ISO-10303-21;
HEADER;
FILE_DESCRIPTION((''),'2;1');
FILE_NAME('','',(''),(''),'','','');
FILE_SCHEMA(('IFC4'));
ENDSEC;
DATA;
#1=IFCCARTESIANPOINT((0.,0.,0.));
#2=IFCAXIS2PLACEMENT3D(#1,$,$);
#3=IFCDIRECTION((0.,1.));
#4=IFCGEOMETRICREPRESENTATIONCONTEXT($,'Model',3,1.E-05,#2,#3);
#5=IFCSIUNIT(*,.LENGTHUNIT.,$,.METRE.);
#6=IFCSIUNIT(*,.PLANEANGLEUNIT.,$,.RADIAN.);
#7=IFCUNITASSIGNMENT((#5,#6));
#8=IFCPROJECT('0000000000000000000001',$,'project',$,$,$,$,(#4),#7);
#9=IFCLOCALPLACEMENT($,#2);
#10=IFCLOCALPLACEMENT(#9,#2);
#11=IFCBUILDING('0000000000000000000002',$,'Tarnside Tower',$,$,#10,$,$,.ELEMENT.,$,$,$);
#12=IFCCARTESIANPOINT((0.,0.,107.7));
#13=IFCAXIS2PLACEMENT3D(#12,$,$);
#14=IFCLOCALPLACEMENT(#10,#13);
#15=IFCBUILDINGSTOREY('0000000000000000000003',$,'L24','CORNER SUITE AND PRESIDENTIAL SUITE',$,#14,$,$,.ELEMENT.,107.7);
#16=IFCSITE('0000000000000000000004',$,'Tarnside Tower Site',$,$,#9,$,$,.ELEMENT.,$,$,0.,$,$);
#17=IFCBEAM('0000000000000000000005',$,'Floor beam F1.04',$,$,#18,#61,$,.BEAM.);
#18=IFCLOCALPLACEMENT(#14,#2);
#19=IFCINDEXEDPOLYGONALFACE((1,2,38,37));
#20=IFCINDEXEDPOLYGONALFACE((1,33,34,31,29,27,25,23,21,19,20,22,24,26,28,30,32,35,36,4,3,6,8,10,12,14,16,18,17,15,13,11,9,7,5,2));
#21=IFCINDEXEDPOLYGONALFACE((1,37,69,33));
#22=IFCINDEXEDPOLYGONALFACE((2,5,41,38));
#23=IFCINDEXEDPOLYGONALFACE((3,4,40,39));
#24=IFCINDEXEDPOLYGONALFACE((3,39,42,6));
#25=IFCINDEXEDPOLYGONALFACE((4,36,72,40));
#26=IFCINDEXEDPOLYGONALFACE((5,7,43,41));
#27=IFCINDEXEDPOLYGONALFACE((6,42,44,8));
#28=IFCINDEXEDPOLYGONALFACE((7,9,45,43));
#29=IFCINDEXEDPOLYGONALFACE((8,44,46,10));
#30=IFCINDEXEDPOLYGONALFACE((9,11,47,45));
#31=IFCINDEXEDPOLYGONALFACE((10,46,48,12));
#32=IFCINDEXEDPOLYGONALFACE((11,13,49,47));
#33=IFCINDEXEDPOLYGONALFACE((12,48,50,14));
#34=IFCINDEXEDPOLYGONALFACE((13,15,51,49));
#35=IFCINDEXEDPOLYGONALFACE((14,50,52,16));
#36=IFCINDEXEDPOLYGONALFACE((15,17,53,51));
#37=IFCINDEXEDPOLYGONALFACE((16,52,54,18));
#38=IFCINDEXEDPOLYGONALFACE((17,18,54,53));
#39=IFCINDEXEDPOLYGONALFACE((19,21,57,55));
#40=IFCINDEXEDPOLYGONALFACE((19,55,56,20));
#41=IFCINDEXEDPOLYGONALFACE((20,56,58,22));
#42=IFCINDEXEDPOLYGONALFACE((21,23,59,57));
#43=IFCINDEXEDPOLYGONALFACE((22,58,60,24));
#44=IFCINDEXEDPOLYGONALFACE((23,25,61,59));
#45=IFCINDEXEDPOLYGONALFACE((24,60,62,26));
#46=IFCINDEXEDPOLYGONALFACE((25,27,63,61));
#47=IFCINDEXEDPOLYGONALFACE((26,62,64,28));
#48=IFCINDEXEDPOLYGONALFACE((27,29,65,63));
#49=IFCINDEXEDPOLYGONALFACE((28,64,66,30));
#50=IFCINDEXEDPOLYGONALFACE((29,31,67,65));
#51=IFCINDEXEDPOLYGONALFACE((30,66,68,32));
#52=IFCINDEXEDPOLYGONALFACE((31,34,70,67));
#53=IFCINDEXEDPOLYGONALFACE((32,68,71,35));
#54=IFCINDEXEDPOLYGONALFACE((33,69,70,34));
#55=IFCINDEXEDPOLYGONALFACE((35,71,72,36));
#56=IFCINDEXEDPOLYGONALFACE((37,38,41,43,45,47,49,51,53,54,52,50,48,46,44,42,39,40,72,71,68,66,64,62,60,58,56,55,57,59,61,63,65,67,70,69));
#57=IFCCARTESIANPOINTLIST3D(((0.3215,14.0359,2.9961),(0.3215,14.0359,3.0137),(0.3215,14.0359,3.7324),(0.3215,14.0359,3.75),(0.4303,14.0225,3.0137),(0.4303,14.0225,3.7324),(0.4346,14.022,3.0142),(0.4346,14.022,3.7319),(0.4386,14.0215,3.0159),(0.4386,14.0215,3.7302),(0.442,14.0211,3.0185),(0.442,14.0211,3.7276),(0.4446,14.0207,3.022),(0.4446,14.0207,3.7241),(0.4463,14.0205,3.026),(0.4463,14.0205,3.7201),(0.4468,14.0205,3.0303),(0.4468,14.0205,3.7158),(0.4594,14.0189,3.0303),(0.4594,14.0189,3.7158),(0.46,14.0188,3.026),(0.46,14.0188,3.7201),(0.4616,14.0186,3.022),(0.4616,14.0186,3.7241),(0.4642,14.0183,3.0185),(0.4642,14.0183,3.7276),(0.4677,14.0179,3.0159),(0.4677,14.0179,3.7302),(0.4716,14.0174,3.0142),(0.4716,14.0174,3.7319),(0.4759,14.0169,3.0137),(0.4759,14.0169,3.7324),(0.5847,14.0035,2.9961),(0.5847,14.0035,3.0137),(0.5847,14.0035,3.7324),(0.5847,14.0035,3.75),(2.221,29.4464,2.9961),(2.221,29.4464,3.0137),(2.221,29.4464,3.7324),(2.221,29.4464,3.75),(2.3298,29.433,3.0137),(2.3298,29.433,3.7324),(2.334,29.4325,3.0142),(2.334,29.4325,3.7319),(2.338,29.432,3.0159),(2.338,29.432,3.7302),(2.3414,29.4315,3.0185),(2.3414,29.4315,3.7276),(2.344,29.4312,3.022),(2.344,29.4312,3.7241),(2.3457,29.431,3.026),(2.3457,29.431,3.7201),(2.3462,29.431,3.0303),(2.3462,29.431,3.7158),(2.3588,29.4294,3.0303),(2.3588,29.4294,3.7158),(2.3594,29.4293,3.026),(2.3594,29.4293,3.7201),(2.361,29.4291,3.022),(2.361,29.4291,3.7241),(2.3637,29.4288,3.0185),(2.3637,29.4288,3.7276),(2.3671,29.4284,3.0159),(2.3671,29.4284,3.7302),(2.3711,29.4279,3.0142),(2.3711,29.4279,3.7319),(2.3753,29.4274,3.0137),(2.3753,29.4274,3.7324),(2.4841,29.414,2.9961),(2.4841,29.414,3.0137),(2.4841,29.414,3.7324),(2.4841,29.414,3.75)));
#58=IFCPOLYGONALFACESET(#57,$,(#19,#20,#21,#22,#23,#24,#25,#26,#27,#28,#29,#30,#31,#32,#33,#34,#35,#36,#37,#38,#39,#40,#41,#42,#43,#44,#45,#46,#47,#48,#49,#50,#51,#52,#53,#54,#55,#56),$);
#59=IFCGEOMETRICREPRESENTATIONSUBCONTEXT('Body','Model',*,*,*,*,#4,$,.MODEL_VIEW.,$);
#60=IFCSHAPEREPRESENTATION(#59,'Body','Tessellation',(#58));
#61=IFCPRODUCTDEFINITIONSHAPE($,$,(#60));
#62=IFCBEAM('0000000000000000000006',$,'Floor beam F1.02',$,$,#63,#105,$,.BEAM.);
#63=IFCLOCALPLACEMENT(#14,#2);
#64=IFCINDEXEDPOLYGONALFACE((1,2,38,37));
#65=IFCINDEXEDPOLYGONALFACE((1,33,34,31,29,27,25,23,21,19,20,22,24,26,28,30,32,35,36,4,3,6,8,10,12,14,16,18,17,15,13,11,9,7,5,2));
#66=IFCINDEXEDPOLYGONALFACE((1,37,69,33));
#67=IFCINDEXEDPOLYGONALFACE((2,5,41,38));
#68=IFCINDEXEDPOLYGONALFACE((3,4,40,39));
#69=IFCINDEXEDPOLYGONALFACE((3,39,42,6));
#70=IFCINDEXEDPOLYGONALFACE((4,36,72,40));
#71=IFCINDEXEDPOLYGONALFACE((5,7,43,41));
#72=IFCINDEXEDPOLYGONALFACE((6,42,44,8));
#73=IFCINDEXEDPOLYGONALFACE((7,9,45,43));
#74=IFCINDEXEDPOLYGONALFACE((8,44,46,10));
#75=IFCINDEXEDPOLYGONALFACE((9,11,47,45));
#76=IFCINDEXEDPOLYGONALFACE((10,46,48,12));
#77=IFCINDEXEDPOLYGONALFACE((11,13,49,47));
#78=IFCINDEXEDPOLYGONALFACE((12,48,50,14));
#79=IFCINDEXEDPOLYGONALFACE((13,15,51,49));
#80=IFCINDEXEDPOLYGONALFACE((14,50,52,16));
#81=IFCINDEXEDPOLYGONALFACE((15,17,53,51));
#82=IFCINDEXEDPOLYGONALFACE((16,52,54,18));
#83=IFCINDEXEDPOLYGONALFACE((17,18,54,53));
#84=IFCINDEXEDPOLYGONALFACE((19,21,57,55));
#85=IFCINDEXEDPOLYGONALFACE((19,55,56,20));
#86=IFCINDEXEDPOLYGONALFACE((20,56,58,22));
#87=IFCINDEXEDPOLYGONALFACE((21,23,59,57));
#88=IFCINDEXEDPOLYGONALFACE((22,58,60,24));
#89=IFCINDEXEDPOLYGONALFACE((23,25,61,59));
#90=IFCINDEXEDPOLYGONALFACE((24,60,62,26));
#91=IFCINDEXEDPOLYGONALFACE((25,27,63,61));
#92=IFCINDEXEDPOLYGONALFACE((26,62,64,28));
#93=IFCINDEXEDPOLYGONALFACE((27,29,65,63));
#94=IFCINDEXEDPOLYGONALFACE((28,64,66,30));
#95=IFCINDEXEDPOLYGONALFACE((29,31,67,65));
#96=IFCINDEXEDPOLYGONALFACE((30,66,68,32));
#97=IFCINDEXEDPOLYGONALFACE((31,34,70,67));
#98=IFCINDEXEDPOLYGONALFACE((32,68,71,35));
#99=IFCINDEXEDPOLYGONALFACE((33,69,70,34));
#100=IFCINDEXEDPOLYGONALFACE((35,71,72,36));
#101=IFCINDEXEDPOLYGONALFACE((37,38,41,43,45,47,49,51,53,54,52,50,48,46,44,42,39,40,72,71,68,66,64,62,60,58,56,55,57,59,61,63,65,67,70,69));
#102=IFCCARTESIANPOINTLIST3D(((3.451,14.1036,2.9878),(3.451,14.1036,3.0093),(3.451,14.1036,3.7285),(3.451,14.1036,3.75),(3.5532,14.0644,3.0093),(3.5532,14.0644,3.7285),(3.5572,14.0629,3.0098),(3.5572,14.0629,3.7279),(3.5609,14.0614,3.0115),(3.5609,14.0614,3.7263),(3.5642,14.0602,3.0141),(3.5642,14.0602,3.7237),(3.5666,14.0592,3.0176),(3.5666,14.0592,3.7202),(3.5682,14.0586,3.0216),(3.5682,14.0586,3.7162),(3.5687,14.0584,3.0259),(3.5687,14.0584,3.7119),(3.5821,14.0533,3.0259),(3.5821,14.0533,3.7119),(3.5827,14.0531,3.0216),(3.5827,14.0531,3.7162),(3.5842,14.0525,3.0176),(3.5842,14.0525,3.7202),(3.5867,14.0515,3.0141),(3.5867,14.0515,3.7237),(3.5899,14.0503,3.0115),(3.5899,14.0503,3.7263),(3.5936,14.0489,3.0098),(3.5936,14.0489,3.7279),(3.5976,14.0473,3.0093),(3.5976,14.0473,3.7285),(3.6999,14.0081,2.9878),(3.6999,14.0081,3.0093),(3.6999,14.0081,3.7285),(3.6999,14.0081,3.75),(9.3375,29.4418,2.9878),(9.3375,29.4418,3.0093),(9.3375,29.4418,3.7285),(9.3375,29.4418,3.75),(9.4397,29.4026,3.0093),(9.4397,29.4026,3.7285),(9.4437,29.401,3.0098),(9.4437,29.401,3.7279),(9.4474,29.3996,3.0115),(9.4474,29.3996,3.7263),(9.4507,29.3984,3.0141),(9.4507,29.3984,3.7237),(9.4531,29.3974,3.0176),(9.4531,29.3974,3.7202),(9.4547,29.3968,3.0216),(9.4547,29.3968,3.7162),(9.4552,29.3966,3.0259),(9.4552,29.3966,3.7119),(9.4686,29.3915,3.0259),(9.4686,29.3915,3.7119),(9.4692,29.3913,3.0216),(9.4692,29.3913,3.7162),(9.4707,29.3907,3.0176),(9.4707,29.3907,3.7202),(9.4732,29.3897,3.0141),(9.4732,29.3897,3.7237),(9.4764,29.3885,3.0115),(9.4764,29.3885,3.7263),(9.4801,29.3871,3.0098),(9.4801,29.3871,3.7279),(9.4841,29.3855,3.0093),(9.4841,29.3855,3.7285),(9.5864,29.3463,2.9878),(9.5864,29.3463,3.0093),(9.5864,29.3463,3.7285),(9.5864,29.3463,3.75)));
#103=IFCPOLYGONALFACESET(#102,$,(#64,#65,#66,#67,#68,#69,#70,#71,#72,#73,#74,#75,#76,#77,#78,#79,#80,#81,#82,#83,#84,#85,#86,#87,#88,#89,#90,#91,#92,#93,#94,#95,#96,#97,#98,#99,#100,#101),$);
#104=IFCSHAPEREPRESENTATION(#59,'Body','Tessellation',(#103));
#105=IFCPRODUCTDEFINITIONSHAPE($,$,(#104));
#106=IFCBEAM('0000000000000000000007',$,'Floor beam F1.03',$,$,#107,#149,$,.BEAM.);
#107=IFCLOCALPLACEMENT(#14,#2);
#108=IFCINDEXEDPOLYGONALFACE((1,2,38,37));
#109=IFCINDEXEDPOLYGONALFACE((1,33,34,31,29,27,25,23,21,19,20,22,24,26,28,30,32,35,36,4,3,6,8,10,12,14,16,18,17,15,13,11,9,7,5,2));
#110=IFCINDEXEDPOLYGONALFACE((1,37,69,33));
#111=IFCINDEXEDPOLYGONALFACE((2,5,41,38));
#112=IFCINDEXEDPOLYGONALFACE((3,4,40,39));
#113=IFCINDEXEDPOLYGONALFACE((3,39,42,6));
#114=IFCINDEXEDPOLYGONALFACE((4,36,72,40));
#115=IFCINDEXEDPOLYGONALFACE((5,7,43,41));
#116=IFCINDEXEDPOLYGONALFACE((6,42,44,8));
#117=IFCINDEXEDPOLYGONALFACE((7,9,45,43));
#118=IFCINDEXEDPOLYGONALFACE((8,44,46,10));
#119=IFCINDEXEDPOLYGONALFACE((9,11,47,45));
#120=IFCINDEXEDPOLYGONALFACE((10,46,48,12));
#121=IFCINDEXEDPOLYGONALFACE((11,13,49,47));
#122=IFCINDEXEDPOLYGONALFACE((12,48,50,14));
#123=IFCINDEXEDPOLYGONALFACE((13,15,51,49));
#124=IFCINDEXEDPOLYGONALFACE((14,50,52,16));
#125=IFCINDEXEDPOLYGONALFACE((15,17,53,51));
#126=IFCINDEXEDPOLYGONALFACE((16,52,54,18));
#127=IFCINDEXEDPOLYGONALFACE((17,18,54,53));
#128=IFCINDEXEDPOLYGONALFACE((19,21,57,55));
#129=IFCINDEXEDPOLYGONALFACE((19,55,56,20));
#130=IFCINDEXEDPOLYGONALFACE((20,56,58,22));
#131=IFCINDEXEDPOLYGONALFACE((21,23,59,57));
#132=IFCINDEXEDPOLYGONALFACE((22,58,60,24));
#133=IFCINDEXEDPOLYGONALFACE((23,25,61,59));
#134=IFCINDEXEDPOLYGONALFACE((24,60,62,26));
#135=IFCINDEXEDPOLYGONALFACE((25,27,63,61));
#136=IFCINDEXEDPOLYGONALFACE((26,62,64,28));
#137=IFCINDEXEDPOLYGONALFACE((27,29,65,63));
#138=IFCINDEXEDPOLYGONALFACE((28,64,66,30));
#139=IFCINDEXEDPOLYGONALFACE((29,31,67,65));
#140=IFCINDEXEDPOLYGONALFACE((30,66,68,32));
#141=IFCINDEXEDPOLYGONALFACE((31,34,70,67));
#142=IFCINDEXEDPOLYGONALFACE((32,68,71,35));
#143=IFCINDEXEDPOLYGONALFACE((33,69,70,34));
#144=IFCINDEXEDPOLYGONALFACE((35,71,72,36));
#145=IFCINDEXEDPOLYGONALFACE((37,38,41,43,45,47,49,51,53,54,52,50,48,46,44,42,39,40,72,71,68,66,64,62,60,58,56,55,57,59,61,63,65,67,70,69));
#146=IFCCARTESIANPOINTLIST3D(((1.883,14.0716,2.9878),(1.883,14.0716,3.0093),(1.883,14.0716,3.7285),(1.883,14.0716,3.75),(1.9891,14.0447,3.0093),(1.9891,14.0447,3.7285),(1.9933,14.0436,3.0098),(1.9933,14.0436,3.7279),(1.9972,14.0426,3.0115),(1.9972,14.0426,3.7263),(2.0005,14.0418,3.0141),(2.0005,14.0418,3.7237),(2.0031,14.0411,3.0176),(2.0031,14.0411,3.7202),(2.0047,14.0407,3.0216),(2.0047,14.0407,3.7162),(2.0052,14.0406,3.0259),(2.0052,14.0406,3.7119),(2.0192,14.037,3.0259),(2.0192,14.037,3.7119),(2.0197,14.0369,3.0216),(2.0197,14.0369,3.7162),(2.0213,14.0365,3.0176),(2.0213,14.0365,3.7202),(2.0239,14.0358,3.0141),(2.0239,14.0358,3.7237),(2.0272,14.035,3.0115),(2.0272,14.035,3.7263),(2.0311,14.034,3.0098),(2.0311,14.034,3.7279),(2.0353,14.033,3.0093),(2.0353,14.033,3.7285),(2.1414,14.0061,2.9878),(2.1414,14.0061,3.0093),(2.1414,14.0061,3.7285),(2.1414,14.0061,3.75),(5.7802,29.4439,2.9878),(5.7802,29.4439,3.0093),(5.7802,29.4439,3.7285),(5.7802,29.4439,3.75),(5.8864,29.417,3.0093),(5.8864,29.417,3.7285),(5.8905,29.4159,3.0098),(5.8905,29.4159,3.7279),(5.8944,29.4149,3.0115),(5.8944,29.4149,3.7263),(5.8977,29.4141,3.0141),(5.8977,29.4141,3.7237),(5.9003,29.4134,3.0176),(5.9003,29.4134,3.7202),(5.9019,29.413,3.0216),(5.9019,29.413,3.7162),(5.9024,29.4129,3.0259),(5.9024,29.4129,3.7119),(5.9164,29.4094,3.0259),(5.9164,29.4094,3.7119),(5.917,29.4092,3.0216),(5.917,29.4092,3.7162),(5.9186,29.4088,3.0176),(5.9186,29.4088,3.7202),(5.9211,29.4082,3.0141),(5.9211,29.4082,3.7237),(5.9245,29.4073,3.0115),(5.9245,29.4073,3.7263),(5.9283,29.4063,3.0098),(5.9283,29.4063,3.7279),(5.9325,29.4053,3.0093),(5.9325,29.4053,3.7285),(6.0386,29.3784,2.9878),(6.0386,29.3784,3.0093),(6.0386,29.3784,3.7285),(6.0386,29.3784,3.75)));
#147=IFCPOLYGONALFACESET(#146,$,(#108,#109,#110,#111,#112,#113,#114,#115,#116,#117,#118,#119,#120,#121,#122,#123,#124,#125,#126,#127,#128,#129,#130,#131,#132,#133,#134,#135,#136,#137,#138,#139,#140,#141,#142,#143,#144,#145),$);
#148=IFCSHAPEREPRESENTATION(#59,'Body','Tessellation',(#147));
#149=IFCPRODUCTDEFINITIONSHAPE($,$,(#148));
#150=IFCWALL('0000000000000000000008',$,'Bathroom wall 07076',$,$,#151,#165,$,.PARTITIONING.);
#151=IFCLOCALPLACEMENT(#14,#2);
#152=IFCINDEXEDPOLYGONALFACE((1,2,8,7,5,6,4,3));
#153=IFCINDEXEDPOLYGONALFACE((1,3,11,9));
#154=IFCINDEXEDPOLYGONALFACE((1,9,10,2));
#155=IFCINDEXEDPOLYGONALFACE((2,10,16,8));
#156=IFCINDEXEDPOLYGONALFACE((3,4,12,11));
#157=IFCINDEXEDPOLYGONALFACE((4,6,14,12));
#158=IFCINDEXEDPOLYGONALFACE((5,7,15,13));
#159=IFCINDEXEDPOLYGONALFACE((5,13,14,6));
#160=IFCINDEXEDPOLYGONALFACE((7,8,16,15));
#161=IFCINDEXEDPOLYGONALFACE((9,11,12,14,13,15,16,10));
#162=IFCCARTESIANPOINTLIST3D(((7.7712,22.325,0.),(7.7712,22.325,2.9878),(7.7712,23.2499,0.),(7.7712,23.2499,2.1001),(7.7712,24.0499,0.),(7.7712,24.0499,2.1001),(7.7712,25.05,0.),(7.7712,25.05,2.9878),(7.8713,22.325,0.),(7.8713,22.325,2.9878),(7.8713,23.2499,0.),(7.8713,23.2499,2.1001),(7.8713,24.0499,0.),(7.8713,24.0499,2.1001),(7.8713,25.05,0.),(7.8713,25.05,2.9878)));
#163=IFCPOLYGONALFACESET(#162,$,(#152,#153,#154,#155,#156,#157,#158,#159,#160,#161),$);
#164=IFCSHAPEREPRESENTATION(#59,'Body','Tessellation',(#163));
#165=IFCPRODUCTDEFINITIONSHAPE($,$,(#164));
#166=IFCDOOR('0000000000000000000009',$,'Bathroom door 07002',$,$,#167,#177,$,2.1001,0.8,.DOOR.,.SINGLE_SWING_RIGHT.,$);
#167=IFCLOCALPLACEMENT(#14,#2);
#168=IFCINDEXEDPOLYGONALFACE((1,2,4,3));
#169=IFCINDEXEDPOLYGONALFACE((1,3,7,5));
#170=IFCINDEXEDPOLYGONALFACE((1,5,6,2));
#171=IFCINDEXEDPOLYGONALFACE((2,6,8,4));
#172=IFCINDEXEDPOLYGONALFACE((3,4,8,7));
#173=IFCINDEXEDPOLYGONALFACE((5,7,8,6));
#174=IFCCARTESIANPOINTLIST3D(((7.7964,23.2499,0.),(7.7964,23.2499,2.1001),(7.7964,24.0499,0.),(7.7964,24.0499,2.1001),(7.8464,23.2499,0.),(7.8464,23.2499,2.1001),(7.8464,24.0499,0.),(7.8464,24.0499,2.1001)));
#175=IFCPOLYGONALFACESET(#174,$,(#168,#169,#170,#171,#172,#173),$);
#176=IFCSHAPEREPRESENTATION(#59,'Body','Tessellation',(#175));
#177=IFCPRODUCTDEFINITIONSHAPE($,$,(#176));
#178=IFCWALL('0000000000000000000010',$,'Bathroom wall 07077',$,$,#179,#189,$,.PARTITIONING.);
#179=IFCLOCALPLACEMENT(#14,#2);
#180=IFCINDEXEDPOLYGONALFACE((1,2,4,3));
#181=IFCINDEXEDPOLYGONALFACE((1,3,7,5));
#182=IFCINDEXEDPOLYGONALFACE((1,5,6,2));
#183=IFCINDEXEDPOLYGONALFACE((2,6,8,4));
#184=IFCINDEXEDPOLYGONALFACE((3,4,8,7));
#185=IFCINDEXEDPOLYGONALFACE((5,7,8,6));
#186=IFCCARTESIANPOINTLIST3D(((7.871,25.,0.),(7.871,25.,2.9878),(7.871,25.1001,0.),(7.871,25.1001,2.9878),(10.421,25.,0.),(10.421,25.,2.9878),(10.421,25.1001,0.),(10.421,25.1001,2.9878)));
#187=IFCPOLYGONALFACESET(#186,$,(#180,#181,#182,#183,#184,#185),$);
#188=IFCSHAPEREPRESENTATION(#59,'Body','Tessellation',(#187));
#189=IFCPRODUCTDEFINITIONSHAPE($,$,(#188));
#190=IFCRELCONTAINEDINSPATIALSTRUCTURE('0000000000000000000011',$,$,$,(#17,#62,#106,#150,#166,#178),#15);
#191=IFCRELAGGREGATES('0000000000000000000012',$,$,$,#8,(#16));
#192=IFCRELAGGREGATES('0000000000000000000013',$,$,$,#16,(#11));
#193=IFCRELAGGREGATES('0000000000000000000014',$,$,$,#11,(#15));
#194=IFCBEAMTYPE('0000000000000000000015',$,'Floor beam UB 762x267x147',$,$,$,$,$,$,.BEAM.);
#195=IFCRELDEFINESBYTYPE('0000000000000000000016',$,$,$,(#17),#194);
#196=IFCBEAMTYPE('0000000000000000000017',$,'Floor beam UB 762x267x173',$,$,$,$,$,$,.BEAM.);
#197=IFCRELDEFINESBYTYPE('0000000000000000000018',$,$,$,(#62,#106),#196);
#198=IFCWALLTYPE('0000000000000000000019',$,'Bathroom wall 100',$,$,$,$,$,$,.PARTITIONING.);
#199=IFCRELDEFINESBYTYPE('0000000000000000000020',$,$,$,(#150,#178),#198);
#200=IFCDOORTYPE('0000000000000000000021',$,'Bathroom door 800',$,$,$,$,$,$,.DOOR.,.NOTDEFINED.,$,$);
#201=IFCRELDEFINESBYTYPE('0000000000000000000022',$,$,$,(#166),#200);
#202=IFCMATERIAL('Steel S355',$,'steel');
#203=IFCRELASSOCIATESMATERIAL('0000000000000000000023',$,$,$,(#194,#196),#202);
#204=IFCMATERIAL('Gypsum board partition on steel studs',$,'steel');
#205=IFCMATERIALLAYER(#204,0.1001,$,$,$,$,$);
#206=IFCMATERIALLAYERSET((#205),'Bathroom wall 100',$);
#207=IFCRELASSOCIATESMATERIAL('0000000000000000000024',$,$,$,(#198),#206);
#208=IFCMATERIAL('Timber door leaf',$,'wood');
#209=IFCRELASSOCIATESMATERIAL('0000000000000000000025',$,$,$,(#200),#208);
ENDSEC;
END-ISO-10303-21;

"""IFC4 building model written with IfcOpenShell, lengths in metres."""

from ifc_helpers import new_model, si_unit, direction, frame, frame_2d, origin, origin_2d, place, context, subcontext, project, spatial, rectangle, i_section, extrude, material, layer, layer_set, material_profile, profile_set, type_object, element, fill, save


model = new_model("IFC4")

# Units and contexts
model_context = context("Model", 3, precision=1e-05, world=origin(), true_north=direction((0.0, 1.0)))
body_context = subcontext(model_context, "Body", "Model", "MODEL_VIEW")
ifc_project = project(units=[si_unit("LENGTHUNIT", "METRE"), si_unit("PLANEANGLEUNIT", "RADIAN")], contexts=[model_context])

# Site, building, storey
site_placement = place(None, origin())
site = spatial("IfcSite", under=ifc_project, at=site_placement, Name="Tarnside Tower Site", CompositionType="ELEMENT", RefElevation=0.0)
building_placement = place(site_placement, origin())
building = spatial("IfcBuilding", under=site, at=building_placement, Name="Tarnside Tower", CompositionType="ELEMENT")
storey_placement = place(building_placement, frame((0.0, 0.0, 107.7)))
storey = spatial("IfcBuildingStorey", under=building, at=storey_placement, Name="L24", Description="CORNER SUITE AND PRESIDENTIAL SUITE", CompositionType="ELEMENT", Elevation=107.7)

# Beams
ifc_material_1 = material(Name="Steel S355", Category="steel")
ifc_material_profile_1 = material_profile(ifc_material_1, i_section(OverallWidth=0.2651, OverallDepth=0.7539, WebThickness=0.0127, FlangeThickness=0.0176, FilletRadius=0.0166, at=origin_2d()), Name="UB 762x267x147")
ifc_profile_set_1 = profile_set([ifc_material_profile_1], Name="Steel S355")
beam_type_1 = type_object("IfcBeamType", Name="Floor beam UB 762x267x147", PredefinedType="BEAM", material=ifc_profile_set_1)
beam_1_placement = place(storey_placement, frame((2.3525, 29.4302, 3.373), z_axis=(-0.12233, -0.99249, 0.0), x_axis=(0.99249, -0.12233, 0.0)))
element("IfcBeam", 1, at=beam_1_placement, inside=storey, type_object=beam_type_1, Name="Floor beam F1.04", PredefinedType="BEAM", context=body_context, shape_type="SweptSolid", body=[
    extrude(i_section(OverallWidth=0.2651, OverallDepth=0.7539, WebThickness=0.0127, FlangeThickness=0.0176, FilletRadius=0.0166, at=origin_2d()), origin(), (0.0, 0.0, 1.0), 15.5271),
])
ifc_material_profile_2 = material_profile(ifc_material_1, i_section(OverallWidth=0.2666, OverallDepth=0.7622, WebThickness=0.0144, FlangeThickness=0.0215, FilletRadius=0.0166, at=origin_2d()), Name="UB 762x267x173")
ifc_profile_set_2 = profile_set([ifc_material_profile_2], Name="Steel S355")
beam_type_2 = type_object("IfcBeamType", Name="Floor beam UB 762x267x173", PredefinedType="BEAM", material=ifc_profile_set_2)
beam_2_placement = place(storey_placement, frame((9.4619, 29.394, 3.3689), z_axis=(-0.3583, -0.933607, 0.0), x_axis=(0.933607, -0.3583, 0.0)))
element("IfcBeam", 2, at=beam_2_placement, inside=storey, type_object=beam_type_2, Name="Floor beam F1.02", PredefinedType="BEAM", context=body_context, shape_type="SweptSolid", body=[
    extrude(i_section(OverallWidth=0.2666, OverallDepth=0.7622, WebThickness=0.0144, FlangeThickness=0.0215, FilletRadius=0.0166, at=origin_2d()), origin(), (0.0, 0.0, 1.0), 16.429),
])
beam_3_placement = place(storey_placement, frame((5.9094, 29.4111, 3.3689), z_axis=(-0.245747, -0.969334, 0.0), x_axis=(0.969334, -0.245747, 0.0)))
element("IfcBeam", 3, at=beam_3_placement, inside=storey, type_object=beam_type_2, Name="Floor beam F1.03", PredefinedType="BEAM", context=body_context, shape_type="SweptSolid", body=[
    extrude(i_section(OverallWidth=0.2666, OverallDepth=0.7622, WebThickness=0.0144, FlangeThickness=0.0215, FilletRadius=0.0166, at=origin_2d()), origin(), (0.0, 0.0, 1.0), 15.8586),
])

# Wall, opening, door
ifc_material_2 = material(Name="Gypsum board partition on steel studs", Category="steel")
ifc_layer_1 = layer(ifc_material_2, 0.1001)
ifc_layer_set_1 = layer_set([ifc_layer_1], Name="Bathroom wall 100")
wall_type_1 = type_object("IfcWallType", Name="Bathroom wall 100", PredefinedType="PARTITIONING", material=ifc_layer_set_1)
wall_1_placement = place(storey_placement, frame((7.8213, 22.325, 0.0), z_axis=(0.0, 0.0, 1.0), x_axis=(0.0, 1.0, 0.0)))
wall_1 = element("IfcWall", 4, at=wall_1_placement, inside=storey, type_object=wall_type_1, Name="Bathroom wall 07076", PredefinedType="PARTITIONING", context=body_context, shape_type="SweptSolid", body=[
    extrude(rectangle(XDim=2.7251, YDim=0.1001, at=frame_2d((1.3625, 0.0))), origin(), (0.0, 0.0, 1.0), 2.9878),
])
opening_1_placement = place(wall_1_placement, frame((0.925, 0.0, 0.0)))
opening_1 = element("IfcOpeningElement", 5, at=opening_1_placement, cuts=wall_1, PredefinedType="OPENING", context=body_context, shape_type="SweptSolid", body=[
    extrude(rectangle(XDim=0.8, YDim=2.1001, at=frame_2d((0.3999, 1.05))), frame((0.0, 0.0601, 0.0), z_axis=(0.0, -1.0, 0.0), x_axis=(1.0, 0.0, 0.0)), (0.0, 0.0, 1.0), 0.1201),
])
ifc_material_3 = material(Name="Timber door leaf", Category="wood")
door_type_1 = type_object("IfcDoorType", Name="Bathroom door 800", OperationType="NOTDEFINED", PredefinedType="DOOR", material=ifc_material_3)
door_1_placement = place(opening_1_placement, origin())
door_1 = element("IfcDoor", 6, at=door_1_placement, inside=storey, type_object=door_type_1, Name="Bathroom door 07002", OperationType="SINGLE_SWING_RIGHT", OverallHeight=2.1001, OverallWidth=0.8, PredefinedType="DOOR", context=body_context, shape_type="SweptSolid", body=[
    extrude(rectangle(XDim=0.8, YDim=2.1001, at=frame_2d((0.3999, 1.05))), frame((0.0, 0.0249, 0.0), z_axis=(0.0, -1.0, 0.0), x_axis=(1.0, 0.0, 0.0)), (0.0, 0.0, 1.0), 0.05),
])
fill(opening_1, door_1)

# Wall
wall_2_placement = place(storey_placement, frame((7.8711, 25.05, 0.0), z_axis=(0.0, 0.0, 1.0), x_axis=(1.0, 0.0, 0.0)))
element("IfcWall", 7, at=wall_2_placement, inside=storey, type_object=wall_type_1, Name="Bathroom wall 07077", PredefinedType="PARTITIONING", context=body_context, shape_type="SweptSolid", body=[
    extrude(rectangle(XDim=2.55, YDim=0.1001, at=frame_2d((1.2749, 0.0))), origin(), (0.0, 0.0, 1.0), 2.9878),
])

save(model, "model.ifc")
